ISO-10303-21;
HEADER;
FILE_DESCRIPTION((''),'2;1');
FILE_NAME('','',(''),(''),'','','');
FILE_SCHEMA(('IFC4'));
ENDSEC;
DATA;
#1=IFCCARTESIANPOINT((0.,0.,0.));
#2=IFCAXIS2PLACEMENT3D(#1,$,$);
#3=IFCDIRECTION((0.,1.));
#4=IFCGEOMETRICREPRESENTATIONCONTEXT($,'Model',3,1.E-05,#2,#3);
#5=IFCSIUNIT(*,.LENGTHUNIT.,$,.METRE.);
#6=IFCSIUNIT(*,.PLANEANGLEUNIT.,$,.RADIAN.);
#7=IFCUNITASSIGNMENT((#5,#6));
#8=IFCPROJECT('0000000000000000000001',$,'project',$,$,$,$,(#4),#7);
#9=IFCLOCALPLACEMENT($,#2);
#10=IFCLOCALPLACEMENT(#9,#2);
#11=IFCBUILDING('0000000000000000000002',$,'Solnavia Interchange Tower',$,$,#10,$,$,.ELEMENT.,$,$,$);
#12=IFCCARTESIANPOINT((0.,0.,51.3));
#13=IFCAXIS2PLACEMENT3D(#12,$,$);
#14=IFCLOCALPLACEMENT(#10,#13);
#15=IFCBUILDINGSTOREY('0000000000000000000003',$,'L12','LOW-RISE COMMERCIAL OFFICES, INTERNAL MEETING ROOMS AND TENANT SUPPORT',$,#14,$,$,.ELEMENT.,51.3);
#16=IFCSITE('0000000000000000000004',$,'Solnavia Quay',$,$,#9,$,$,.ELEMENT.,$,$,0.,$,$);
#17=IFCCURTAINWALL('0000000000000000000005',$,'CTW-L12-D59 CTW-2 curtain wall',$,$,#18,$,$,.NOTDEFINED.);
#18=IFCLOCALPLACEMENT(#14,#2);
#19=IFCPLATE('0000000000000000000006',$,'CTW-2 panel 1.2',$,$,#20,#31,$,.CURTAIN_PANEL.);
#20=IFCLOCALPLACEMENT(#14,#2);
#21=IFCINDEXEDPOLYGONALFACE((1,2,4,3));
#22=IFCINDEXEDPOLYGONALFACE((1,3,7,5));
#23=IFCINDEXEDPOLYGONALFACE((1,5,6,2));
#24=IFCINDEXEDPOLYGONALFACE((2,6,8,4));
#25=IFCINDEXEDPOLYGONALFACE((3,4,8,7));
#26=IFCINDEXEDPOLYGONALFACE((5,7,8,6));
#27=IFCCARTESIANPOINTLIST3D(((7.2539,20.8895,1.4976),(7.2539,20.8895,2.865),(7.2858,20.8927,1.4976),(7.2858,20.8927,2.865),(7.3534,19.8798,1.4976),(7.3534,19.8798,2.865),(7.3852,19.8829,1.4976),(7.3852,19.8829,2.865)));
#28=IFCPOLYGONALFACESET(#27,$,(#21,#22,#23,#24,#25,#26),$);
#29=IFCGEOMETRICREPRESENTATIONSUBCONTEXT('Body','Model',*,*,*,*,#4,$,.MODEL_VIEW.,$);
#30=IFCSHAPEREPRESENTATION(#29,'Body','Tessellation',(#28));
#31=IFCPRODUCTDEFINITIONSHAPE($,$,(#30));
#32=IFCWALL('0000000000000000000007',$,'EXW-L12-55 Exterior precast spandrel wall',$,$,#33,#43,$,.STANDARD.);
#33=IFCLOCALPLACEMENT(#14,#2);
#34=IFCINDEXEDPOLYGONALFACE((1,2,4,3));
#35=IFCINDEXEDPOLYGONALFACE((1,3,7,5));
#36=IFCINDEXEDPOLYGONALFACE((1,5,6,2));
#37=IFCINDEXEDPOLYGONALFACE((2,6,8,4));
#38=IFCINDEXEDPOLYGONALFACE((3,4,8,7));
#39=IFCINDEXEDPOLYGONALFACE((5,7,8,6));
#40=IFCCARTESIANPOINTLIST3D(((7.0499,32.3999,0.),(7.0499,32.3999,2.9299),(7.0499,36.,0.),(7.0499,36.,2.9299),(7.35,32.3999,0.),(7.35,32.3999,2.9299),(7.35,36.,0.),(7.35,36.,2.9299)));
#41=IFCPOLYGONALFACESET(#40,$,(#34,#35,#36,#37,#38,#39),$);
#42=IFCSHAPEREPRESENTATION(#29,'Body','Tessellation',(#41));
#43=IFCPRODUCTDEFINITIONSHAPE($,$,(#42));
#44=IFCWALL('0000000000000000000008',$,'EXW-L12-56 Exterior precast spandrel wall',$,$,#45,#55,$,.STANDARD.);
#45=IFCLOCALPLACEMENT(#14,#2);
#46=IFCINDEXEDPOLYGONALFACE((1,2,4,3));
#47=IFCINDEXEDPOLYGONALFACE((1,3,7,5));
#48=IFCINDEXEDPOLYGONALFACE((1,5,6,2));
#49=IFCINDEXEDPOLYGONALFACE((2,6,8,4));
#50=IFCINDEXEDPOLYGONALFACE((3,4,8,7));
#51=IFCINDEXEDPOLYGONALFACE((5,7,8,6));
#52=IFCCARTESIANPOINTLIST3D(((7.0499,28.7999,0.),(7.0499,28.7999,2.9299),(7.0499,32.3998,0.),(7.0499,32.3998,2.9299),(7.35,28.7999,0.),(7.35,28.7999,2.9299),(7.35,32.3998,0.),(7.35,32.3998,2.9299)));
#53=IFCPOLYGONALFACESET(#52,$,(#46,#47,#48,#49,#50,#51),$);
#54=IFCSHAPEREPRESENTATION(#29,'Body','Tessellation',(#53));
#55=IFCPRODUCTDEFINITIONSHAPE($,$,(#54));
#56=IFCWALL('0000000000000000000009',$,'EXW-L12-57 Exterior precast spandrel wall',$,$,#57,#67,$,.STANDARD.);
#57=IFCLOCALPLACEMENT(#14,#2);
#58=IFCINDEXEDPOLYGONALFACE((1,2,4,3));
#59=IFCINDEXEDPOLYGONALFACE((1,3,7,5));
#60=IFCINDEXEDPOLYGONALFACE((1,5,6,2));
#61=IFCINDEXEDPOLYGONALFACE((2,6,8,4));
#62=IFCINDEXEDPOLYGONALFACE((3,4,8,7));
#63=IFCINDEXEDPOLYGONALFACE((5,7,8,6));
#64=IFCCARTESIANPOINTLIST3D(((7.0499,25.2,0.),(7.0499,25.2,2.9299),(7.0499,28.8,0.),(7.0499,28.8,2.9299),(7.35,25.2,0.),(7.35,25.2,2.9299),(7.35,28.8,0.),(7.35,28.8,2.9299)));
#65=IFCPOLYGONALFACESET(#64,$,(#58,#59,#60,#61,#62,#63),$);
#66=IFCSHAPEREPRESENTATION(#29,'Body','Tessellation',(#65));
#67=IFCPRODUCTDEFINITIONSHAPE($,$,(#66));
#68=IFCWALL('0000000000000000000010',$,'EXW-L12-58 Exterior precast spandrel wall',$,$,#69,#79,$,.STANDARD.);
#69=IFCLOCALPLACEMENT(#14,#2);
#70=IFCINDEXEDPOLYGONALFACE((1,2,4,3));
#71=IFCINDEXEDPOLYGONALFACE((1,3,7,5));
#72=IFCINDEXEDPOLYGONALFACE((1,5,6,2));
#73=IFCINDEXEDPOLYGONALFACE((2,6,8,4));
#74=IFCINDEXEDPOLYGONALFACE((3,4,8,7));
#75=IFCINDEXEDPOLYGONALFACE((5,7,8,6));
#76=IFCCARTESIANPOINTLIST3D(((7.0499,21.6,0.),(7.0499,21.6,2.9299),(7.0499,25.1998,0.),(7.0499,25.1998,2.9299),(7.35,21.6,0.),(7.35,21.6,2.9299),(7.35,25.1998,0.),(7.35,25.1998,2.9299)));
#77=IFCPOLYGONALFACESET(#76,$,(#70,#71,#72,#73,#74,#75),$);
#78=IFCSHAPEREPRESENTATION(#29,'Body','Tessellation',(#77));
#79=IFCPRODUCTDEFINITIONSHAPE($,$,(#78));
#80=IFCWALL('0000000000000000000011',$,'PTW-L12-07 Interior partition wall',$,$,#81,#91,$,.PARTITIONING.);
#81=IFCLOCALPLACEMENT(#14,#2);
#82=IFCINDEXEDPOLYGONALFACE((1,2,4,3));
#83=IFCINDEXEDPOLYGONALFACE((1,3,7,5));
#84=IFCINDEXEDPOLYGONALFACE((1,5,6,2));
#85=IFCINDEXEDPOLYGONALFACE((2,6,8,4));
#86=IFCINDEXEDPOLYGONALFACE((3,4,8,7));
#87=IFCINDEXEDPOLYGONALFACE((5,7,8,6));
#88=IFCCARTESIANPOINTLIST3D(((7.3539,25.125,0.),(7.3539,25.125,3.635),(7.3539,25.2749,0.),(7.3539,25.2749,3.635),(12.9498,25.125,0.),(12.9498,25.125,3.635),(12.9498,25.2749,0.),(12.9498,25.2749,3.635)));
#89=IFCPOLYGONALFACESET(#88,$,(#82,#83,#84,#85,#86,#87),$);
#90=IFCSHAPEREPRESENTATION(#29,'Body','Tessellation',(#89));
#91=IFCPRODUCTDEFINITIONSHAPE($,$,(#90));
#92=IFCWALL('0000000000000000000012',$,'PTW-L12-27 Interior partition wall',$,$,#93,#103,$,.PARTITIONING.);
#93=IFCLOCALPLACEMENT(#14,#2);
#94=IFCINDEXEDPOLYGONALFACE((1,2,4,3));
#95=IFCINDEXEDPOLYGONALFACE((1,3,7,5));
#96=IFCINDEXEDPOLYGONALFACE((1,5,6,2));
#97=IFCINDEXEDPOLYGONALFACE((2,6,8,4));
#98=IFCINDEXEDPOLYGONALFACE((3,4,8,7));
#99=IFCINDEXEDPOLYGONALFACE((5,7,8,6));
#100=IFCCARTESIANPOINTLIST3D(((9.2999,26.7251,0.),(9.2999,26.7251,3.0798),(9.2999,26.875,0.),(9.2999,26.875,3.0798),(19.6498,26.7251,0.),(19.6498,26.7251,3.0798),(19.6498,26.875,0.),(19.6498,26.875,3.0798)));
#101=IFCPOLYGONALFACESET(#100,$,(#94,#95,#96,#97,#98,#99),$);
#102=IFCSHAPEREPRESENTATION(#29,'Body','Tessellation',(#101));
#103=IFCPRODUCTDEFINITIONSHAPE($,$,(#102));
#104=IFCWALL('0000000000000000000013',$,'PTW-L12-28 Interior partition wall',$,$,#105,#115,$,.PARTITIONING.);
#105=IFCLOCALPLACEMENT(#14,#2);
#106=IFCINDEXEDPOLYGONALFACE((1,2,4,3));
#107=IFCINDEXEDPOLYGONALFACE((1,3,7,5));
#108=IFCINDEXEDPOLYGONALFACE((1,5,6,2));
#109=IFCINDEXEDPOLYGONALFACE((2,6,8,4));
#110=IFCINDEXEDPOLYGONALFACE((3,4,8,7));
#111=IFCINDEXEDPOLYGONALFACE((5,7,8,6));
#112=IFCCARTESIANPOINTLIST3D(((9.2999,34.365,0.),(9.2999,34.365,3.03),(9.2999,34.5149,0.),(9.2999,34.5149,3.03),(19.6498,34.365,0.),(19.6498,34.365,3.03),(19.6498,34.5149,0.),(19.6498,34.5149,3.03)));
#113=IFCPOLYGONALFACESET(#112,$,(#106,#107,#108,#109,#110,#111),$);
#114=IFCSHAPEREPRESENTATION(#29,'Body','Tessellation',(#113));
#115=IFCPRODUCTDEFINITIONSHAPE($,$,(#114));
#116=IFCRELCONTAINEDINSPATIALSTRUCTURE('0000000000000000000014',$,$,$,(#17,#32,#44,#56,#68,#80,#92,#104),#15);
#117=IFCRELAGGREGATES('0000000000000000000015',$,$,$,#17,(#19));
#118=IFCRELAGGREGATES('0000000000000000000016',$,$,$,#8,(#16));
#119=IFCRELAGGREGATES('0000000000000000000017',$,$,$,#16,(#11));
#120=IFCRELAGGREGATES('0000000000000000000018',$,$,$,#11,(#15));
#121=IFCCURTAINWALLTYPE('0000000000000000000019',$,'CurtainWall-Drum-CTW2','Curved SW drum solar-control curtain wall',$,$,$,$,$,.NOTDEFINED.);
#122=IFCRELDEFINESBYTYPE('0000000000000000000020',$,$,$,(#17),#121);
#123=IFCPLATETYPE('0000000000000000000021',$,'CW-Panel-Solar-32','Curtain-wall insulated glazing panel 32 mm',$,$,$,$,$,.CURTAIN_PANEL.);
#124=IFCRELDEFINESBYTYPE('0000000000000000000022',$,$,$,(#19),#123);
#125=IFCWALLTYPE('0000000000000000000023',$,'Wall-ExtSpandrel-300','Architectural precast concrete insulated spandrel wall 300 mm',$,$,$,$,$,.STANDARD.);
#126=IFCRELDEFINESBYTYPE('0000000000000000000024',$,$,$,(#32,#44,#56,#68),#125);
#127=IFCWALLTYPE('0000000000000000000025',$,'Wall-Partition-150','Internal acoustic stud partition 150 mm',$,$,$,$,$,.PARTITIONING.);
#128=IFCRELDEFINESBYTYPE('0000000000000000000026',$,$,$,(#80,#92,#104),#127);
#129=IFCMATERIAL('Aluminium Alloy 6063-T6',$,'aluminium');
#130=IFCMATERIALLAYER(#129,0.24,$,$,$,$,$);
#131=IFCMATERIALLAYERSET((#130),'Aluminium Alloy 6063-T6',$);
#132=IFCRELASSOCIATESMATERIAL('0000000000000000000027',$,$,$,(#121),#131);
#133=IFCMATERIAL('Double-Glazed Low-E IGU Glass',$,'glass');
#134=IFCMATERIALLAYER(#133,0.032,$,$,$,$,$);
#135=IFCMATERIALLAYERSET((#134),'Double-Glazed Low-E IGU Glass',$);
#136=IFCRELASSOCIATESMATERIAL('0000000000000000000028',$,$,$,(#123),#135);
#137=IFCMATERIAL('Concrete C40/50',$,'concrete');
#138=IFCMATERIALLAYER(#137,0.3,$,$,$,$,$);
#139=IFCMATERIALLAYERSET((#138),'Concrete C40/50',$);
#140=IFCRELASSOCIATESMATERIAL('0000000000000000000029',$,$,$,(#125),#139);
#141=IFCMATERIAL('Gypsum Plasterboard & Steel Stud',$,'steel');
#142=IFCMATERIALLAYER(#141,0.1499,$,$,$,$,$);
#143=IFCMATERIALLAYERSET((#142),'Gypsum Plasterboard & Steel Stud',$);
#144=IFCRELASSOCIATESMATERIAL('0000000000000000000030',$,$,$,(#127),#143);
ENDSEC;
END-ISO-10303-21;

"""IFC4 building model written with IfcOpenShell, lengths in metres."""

from ifc_helpers import new_model, si_unit, direction, frame, frame_2d, origin, origin_2d, place, context, subcontext, project, spatial, rectangle, extrude, material, layer, layer_set, type_object, element, aggregate, save


model = new_model("IFC4")

# Units and contexts
model_context = context("Model", 3, precision=1e-05, world=origin(), true_north=direction((0.0, 1.0)))
body_context = subcontext(model_context, "Body", "Model", "MODEL_VIEW")
ifc_project = project(units=[si_unit("LENGTHUNIT", "METRE"), si_unit("PLANEANGLEUNIT", "RADIAN")], contexts=[model_context])

# Site, building, storey
site_placement = place(None, origin())
site = spatial("IfcSite", under=ifc_project, at=site_placement, Name="Solnavia Quay", CompositionType="ELEMENT", RefElevation=0.0)
building_placement = place(site_placement, origin())
building = spatial("IfcBuilding", under=site, at=building_placement, Name="Solnavia Interchange Tower", CompositionType="ELEMENT")
storey_placement = place(building_placement, frame((0.0, 0.0, 51.3)))
storey = spatial("IfcBuildingStorey", under=building, at=storey_placement, Name="L12", Description="LOW-RISE COMMERCIAL OFFICES, INTERNAL MEETING ROOMS AND TENANT SUPPORT", CompositionType="ELEMENT", Elevation=51.3)

# Curtain wall, plate
ifc_material_1 = material(Name="Aluminium Alloy 6063-T6", Category="aluminium")
ifc_layer_1 = layer(ifc_material_1, 0.24)
ifc_layer_set_1 = layer_set([ifc_layer_1], Name="Aluminium Alloy 6063-T6")
curtain_wall_type = type_object("IfcCurtainWallType", Name="CurtainWall-Drum-CTW2", Description="Curved SW drum solar-control curtain wall", PredefinedType="NOTDEFINED", material=ifc_layer_set_1)
curtain_wall_placement = place(storey_placement, origin())
curtain_wall = element("IfcCurtainWall", 1, at=curtain_wall_placement, inside=storey, type_object=curtain_wall_type, Name="CTW-L12-D59 CTW-2 curtain wall", PredefinedType="NOTDEFINED")
ifc_material_2 = material(Name="Double-Glazed Low-E IGU Glass", Category="glass")
ifc_layer_2 = layer(ifc_material_2, 0.032)
ifc_layer_set_2 = layer_set([ifc_layer_2], Name="Double-Glazed Low-E IGU Glass")
plate_type = type_object("IfcPlateType", Name="CW-Panel-Solar-32", Description="Curtain-wall insulated glazing panel 32 mm", PredefinedType="CURTAIN_PANEL", material=ifc_layer_set_2)
plate_1_placement = place(storey_placement, frame((7.3196, 20.3862, 1.4976), z_axis=(0.0, 0.0, 1.0), x_axis=(0.098045, -0.995182, 0.0)))
plate_1 = element("IfcPlate", 2, at=plate_1_placement, type_object=plate_type, Name="CTW-2 panel 1.2", PredefinedType="CURTAIN_PANEL", context=body_context, shape_type="SweptSolid", body=[
    extrude(rectangle(XDim=1.0146, YDim=0.032, at=origin_2d()), origin(), (0.0, 0.0, 1.0), 1.3674),
])
aggregate(curtain_wall, [plate_1])

# Walls
ifc_material_3 = material(Name="Concrete C40/50", Category="concrete")
ifc_layer_3 = layer(ifc_material_3, 0.3)
ifc_layer_set_3 = layer_set([ifc_layer_3], Name="Concrete C40/50")
wall_type_1 = type_object("IfcWallType", Name="Wall-ExtSpandrel-300", Description="Architectural precast concrete insulated spandrel wall 300 mm", PredefinedType="STANDARD", material=ifc_layer_set_3)
wall_1_placement = place(storey_placement, frame((7.2, 32.3999, 0.0), z_axis=(0.0, 0.0, 1.0), x_axis=(0.0, 1.0, 0.0)))
element("IfcWall", 3, at=wall_1_placement, inside=storey, type_object=wall_type_1, Name="EXW-L12-55 Exterior precast spandrel wall", PredefinedType="STANDARD", context=body_context, shape_type="SweptSolid", body=[
    extrude(rectangle(XDim=3.6001, YDim=0.3, at=frame_2d((1.8, 0.0))), origin(), (0.0, 0.0, 1.0), 2.9299),
])
wall_2_placement = place(storey_placement, frame((7.2, 28.8, 0.0), z_axis=(0.0, 0.0, 1.0), x_axis=(0.0, 1.0, 0.0)))
element("IfcWall", 4, at=wall_2_placement, inside=storey, type_object=wall_type_1, Name="EXW-L12-56 Exterior precast spandrel wall", PredefinedType="STANDARD", context=body_context, shape_type="SweptSolid", body=[
    extrude(rectangle(XDim=3.5999, YDim=0.3, at=frame_2d((1.7998, 0.0))), origin(), (0.0, 0.0, 1.0), 2.9299),
])
wall_3_placement = place(storey_placement, frame((7.2, 25.2, 0.0), z_axis=(0.0, 0.0, 1.0), x_axis=(0.0, 1.0, 0.0)))
element("IfcWall", 5, at=wall_3_placement, inside=storey, type_object=wall_type_1, Name="EXW-L12-57 Exterior precast spandrel wall", PredefinedType="STANDARD", context=body_context, shape_type="SweptSolid", body=[
    extrude(rectangle(XDim=3.6001, YDim=0.3, at=frame_2d((1.8, 0.0))), origin(), (0.0, 0.0, 1.0), 2.9299),
])
wall_4_placement = place(storey_placement, frame((7.2, 21.6001, 0.0), z_axis=(0.0, 0.0, 1.0), x_axis=(0.0, 1.0, 0.0)))
element("IfcWall", 6, at=wall_4_placement, inside=storey, type_object=wall_type_1, Name="EXW-L12-58 Exterior precast spandrel wall", PredefinedType="STANDARD", context=body_context, shape_type="SweptSolid", body=[
    extrude(rectangle(XDim=3.5999, YDim=0.3, at=frame_2d((1.7998, 0.0))), origin(), (0.0, 0.0, 1.0), 2.9299),
])
ifc_material_4 = material(Name="Gypsum Plasterboard & Steel Stud", Category="steel")
ifc_layer_4 = layer(ifc_material_4, 0.1499)
ifc_layer_set_4 = layer_set([ifc_layer_4], Name="Gypsum Plasterboard & Steel Stud")
wall_type_2 = type_object("IfcWallType", Name="Wall-Partition-150", Description="Internal acoustic stud partition 150 mm", PredefinedType="PARTITIONING", material=ifc_layer_set_4)
wall_5_placement = place(storey_placement, frame((7.354, 25.2, 0.0), z_axis=(0.0, 0.0, 1.0), x_axis=(1.0, 0.0, 0.0)))
element("IfcWall", 7, at=wall_5_placement, inside=storey, type_object=wall_type_2, Name="PTW-L12-07 Interior partition wall", PredefinedType="PARTITIONING", context=body_context, shape_type="SweptSolid", body=[
    extrude(rectangle(XDim=5.5959, YDim=0.1499, at=frame_2d((2.7979, 0.0))), origin(), (0.0, 0.0, 1.0), 3.635),
])
wall_6_placement = place(storey_placement, frame((9.3, 26.8, 0.0), z_axis=(0.0, 0.0, 1.0), x_axis=(1.0, 0.0, 0.0)))
element("IfcWall", 8, at=wall_6_placement, inside=storey, type_object=wall_type_2, Name="PTW-L12-27 Interior partition wall", PredefinedType="PARTITIONING", context=body_context, shape_type="SweptSolid", body=[
    extrude(rectangle(XDim=10.3499, YDim=0.1499, at=frame_2d((5.1748, 0.0))), origin(), (0.0, 0.0, 1.0), 3.0798),
])
wall_7_placement = place(storey_placement, frame((9.3, 34.4399, 0.0), z_axis=(0.0, 0.0, 1.0), x_axis=(1.0, 0.0, 0.0)))
element("IfcWall", 9, at=wall_7_placement, inside=storey, type_object=wall_type_2, Name="PTW-L12-28 Interior partition wall", PredefinedType="PARTITIONING", context=body_context, shape_type="SweptSolid", body=[
    extrude(rectangle(XDim=10.3499, YDim=0.1499, at=frame_2d((5.1748, 0.0))), origin(), (0.0, 0.0, 1.0), 3.03),
])

save(model, "model.ifc")
